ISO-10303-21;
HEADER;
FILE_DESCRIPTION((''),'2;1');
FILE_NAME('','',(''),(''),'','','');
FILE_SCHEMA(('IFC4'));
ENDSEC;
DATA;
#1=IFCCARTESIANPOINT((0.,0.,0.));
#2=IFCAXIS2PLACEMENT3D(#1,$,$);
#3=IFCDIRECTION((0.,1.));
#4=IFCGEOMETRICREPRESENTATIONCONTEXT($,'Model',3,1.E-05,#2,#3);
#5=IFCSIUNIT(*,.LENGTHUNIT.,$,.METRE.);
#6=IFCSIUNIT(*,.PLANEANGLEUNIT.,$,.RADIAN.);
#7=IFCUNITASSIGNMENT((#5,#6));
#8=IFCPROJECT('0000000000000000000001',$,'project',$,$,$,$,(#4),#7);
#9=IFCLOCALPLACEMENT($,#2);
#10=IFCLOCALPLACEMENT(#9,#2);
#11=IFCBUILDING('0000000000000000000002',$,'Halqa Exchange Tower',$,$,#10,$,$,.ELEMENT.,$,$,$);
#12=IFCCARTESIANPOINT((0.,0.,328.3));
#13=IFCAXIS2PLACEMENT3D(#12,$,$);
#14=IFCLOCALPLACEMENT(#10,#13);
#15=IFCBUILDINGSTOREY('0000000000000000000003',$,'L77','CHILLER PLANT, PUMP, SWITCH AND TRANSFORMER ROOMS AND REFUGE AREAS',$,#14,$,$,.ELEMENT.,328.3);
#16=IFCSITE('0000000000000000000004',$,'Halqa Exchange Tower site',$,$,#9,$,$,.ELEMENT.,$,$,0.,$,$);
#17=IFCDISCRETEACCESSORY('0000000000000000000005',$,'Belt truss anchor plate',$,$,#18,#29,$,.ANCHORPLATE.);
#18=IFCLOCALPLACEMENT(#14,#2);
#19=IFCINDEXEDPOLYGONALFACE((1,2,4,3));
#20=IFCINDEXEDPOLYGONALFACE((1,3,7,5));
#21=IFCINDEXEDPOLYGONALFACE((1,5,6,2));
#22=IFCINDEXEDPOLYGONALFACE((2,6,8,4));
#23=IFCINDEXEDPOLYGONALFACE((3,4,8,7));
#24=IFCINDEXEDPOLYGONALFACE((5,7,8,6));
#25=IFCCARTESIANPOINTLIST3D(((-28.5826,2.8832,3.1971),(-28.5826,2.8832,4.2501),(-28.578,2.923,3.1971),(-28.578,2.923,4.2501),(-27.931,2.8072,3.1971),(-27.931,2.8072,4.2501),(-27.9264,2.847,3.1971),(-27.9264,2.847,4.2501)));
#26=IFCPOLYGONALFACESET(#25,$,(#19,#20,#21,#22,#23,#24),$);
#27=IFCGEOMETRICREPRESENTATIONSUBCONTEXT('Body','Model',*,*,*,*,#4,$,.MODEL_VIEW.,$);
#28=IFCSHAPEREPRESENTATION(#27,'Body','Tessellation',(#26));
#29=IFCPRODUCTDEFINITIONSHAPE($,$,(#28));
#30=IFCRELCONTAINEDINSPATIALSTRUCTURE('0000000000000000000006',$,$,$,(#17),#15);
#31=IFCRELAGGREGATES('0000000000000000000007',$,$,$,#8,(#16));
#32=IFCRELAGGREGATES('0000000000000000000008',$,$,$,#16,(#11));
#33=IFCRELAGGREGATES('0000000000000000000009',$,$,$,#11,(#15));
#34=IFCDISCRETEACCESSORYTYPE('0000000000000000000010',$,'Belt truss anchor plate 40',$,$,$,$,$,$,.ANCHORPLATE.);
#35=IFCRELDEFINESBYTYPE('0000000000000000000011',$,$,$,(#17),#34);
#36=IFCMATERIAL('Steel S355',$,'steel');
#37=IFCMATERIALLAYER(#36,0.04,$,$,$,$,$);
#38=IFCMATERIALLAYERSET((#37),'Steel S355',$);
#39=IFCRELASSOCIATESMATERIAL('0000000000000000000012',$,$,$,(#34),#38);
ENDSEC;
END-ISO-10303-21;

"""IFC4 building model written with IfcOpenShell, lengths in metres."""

from ifc_helpers import new_model, si_unit, direction, frame, origin, origin_2d, place, context, subcontext, project, spatial, rectangle, extrude, material, layer, layer_set, type_object, element, save


model = new_model("IFC4")

# Units and contexts
model_context = context("Model", 3, precision=1e-05, world=origin(), true_north=direction((0.0, 1.0)))
body_context = subcontext(model_context, "Body", "Model", "MODEL_VIEW")
ifc_project = project(units=[si_unit("LENGTHUNIT", "METRE"), si_unit("PLANEANGLEUNIT", "RADIAN")], contexts=[model_context])

# Site, building, storey
site_placement = place(None, origin())
site = spatial("IfcSite", under=ifc_project, at=site_placement, Name="Halqa Exchange Tower site", CompositionType="ELEMENT", RefElevation=0.0)
building_placement = place(site_placement, origin())
building = spatial("IfcBuilding", under=site, at=building_placement, Name="Halqa Exchange Tower", CompositionType="ELEMENT")
storey_placement = place(building_placement, frame((0.0, 0.0, 328.3)))
storey = spatial("IfcBuildingStorey", under=building, at=storey_placement, Name="L77", Description="CHILLER PLANT, PUMP, SWITCH AND TRANSFORMER ROOMS AND REFUGE AREAS", CompositionType="ELEMENT", Elevation=328.3)

# Shared definitions
ifc_material_1 = material(Name="Steel S355", Category="steel")

# Discrete accessory
ifc_layer_1 = layer(ifc_material_1, 0.04)
ifc_layer_set_1 = layer_set([ifc_layer_1], Name="Steel S355")
discrete_accessory_type = type_object("IfcDiscreteAccessoryType", Name="Belt truss anchor plate 40", PredefinedType="ANCHORPLATE", material=ifc_layer_set_1)
discrete_accessory_1_placement = place(storey_placement, frame((-28.2568, 2.8452, 3.7236), z_axis=(0.115781, 0.993275, 0.0), x_axis=(-0.993275, 0.115781, 0.0)))
element("IfcDiscreteAccessory", 1, at=discrete_accessory_1_placement, inside=storey, type_object=discrete_accessory_type, Name="Belt truss anchor plate", PredefinedType="ANCHORPLATE", context=body_context, shape_type="SweptSolid", body=[
    extrude(rectangle(XDim=0.656, YDim=1.053, at=origin_2d()), origin(), (0.0, 0.0, 1.0), 0.04),
])

save(model, "model.ifc")
